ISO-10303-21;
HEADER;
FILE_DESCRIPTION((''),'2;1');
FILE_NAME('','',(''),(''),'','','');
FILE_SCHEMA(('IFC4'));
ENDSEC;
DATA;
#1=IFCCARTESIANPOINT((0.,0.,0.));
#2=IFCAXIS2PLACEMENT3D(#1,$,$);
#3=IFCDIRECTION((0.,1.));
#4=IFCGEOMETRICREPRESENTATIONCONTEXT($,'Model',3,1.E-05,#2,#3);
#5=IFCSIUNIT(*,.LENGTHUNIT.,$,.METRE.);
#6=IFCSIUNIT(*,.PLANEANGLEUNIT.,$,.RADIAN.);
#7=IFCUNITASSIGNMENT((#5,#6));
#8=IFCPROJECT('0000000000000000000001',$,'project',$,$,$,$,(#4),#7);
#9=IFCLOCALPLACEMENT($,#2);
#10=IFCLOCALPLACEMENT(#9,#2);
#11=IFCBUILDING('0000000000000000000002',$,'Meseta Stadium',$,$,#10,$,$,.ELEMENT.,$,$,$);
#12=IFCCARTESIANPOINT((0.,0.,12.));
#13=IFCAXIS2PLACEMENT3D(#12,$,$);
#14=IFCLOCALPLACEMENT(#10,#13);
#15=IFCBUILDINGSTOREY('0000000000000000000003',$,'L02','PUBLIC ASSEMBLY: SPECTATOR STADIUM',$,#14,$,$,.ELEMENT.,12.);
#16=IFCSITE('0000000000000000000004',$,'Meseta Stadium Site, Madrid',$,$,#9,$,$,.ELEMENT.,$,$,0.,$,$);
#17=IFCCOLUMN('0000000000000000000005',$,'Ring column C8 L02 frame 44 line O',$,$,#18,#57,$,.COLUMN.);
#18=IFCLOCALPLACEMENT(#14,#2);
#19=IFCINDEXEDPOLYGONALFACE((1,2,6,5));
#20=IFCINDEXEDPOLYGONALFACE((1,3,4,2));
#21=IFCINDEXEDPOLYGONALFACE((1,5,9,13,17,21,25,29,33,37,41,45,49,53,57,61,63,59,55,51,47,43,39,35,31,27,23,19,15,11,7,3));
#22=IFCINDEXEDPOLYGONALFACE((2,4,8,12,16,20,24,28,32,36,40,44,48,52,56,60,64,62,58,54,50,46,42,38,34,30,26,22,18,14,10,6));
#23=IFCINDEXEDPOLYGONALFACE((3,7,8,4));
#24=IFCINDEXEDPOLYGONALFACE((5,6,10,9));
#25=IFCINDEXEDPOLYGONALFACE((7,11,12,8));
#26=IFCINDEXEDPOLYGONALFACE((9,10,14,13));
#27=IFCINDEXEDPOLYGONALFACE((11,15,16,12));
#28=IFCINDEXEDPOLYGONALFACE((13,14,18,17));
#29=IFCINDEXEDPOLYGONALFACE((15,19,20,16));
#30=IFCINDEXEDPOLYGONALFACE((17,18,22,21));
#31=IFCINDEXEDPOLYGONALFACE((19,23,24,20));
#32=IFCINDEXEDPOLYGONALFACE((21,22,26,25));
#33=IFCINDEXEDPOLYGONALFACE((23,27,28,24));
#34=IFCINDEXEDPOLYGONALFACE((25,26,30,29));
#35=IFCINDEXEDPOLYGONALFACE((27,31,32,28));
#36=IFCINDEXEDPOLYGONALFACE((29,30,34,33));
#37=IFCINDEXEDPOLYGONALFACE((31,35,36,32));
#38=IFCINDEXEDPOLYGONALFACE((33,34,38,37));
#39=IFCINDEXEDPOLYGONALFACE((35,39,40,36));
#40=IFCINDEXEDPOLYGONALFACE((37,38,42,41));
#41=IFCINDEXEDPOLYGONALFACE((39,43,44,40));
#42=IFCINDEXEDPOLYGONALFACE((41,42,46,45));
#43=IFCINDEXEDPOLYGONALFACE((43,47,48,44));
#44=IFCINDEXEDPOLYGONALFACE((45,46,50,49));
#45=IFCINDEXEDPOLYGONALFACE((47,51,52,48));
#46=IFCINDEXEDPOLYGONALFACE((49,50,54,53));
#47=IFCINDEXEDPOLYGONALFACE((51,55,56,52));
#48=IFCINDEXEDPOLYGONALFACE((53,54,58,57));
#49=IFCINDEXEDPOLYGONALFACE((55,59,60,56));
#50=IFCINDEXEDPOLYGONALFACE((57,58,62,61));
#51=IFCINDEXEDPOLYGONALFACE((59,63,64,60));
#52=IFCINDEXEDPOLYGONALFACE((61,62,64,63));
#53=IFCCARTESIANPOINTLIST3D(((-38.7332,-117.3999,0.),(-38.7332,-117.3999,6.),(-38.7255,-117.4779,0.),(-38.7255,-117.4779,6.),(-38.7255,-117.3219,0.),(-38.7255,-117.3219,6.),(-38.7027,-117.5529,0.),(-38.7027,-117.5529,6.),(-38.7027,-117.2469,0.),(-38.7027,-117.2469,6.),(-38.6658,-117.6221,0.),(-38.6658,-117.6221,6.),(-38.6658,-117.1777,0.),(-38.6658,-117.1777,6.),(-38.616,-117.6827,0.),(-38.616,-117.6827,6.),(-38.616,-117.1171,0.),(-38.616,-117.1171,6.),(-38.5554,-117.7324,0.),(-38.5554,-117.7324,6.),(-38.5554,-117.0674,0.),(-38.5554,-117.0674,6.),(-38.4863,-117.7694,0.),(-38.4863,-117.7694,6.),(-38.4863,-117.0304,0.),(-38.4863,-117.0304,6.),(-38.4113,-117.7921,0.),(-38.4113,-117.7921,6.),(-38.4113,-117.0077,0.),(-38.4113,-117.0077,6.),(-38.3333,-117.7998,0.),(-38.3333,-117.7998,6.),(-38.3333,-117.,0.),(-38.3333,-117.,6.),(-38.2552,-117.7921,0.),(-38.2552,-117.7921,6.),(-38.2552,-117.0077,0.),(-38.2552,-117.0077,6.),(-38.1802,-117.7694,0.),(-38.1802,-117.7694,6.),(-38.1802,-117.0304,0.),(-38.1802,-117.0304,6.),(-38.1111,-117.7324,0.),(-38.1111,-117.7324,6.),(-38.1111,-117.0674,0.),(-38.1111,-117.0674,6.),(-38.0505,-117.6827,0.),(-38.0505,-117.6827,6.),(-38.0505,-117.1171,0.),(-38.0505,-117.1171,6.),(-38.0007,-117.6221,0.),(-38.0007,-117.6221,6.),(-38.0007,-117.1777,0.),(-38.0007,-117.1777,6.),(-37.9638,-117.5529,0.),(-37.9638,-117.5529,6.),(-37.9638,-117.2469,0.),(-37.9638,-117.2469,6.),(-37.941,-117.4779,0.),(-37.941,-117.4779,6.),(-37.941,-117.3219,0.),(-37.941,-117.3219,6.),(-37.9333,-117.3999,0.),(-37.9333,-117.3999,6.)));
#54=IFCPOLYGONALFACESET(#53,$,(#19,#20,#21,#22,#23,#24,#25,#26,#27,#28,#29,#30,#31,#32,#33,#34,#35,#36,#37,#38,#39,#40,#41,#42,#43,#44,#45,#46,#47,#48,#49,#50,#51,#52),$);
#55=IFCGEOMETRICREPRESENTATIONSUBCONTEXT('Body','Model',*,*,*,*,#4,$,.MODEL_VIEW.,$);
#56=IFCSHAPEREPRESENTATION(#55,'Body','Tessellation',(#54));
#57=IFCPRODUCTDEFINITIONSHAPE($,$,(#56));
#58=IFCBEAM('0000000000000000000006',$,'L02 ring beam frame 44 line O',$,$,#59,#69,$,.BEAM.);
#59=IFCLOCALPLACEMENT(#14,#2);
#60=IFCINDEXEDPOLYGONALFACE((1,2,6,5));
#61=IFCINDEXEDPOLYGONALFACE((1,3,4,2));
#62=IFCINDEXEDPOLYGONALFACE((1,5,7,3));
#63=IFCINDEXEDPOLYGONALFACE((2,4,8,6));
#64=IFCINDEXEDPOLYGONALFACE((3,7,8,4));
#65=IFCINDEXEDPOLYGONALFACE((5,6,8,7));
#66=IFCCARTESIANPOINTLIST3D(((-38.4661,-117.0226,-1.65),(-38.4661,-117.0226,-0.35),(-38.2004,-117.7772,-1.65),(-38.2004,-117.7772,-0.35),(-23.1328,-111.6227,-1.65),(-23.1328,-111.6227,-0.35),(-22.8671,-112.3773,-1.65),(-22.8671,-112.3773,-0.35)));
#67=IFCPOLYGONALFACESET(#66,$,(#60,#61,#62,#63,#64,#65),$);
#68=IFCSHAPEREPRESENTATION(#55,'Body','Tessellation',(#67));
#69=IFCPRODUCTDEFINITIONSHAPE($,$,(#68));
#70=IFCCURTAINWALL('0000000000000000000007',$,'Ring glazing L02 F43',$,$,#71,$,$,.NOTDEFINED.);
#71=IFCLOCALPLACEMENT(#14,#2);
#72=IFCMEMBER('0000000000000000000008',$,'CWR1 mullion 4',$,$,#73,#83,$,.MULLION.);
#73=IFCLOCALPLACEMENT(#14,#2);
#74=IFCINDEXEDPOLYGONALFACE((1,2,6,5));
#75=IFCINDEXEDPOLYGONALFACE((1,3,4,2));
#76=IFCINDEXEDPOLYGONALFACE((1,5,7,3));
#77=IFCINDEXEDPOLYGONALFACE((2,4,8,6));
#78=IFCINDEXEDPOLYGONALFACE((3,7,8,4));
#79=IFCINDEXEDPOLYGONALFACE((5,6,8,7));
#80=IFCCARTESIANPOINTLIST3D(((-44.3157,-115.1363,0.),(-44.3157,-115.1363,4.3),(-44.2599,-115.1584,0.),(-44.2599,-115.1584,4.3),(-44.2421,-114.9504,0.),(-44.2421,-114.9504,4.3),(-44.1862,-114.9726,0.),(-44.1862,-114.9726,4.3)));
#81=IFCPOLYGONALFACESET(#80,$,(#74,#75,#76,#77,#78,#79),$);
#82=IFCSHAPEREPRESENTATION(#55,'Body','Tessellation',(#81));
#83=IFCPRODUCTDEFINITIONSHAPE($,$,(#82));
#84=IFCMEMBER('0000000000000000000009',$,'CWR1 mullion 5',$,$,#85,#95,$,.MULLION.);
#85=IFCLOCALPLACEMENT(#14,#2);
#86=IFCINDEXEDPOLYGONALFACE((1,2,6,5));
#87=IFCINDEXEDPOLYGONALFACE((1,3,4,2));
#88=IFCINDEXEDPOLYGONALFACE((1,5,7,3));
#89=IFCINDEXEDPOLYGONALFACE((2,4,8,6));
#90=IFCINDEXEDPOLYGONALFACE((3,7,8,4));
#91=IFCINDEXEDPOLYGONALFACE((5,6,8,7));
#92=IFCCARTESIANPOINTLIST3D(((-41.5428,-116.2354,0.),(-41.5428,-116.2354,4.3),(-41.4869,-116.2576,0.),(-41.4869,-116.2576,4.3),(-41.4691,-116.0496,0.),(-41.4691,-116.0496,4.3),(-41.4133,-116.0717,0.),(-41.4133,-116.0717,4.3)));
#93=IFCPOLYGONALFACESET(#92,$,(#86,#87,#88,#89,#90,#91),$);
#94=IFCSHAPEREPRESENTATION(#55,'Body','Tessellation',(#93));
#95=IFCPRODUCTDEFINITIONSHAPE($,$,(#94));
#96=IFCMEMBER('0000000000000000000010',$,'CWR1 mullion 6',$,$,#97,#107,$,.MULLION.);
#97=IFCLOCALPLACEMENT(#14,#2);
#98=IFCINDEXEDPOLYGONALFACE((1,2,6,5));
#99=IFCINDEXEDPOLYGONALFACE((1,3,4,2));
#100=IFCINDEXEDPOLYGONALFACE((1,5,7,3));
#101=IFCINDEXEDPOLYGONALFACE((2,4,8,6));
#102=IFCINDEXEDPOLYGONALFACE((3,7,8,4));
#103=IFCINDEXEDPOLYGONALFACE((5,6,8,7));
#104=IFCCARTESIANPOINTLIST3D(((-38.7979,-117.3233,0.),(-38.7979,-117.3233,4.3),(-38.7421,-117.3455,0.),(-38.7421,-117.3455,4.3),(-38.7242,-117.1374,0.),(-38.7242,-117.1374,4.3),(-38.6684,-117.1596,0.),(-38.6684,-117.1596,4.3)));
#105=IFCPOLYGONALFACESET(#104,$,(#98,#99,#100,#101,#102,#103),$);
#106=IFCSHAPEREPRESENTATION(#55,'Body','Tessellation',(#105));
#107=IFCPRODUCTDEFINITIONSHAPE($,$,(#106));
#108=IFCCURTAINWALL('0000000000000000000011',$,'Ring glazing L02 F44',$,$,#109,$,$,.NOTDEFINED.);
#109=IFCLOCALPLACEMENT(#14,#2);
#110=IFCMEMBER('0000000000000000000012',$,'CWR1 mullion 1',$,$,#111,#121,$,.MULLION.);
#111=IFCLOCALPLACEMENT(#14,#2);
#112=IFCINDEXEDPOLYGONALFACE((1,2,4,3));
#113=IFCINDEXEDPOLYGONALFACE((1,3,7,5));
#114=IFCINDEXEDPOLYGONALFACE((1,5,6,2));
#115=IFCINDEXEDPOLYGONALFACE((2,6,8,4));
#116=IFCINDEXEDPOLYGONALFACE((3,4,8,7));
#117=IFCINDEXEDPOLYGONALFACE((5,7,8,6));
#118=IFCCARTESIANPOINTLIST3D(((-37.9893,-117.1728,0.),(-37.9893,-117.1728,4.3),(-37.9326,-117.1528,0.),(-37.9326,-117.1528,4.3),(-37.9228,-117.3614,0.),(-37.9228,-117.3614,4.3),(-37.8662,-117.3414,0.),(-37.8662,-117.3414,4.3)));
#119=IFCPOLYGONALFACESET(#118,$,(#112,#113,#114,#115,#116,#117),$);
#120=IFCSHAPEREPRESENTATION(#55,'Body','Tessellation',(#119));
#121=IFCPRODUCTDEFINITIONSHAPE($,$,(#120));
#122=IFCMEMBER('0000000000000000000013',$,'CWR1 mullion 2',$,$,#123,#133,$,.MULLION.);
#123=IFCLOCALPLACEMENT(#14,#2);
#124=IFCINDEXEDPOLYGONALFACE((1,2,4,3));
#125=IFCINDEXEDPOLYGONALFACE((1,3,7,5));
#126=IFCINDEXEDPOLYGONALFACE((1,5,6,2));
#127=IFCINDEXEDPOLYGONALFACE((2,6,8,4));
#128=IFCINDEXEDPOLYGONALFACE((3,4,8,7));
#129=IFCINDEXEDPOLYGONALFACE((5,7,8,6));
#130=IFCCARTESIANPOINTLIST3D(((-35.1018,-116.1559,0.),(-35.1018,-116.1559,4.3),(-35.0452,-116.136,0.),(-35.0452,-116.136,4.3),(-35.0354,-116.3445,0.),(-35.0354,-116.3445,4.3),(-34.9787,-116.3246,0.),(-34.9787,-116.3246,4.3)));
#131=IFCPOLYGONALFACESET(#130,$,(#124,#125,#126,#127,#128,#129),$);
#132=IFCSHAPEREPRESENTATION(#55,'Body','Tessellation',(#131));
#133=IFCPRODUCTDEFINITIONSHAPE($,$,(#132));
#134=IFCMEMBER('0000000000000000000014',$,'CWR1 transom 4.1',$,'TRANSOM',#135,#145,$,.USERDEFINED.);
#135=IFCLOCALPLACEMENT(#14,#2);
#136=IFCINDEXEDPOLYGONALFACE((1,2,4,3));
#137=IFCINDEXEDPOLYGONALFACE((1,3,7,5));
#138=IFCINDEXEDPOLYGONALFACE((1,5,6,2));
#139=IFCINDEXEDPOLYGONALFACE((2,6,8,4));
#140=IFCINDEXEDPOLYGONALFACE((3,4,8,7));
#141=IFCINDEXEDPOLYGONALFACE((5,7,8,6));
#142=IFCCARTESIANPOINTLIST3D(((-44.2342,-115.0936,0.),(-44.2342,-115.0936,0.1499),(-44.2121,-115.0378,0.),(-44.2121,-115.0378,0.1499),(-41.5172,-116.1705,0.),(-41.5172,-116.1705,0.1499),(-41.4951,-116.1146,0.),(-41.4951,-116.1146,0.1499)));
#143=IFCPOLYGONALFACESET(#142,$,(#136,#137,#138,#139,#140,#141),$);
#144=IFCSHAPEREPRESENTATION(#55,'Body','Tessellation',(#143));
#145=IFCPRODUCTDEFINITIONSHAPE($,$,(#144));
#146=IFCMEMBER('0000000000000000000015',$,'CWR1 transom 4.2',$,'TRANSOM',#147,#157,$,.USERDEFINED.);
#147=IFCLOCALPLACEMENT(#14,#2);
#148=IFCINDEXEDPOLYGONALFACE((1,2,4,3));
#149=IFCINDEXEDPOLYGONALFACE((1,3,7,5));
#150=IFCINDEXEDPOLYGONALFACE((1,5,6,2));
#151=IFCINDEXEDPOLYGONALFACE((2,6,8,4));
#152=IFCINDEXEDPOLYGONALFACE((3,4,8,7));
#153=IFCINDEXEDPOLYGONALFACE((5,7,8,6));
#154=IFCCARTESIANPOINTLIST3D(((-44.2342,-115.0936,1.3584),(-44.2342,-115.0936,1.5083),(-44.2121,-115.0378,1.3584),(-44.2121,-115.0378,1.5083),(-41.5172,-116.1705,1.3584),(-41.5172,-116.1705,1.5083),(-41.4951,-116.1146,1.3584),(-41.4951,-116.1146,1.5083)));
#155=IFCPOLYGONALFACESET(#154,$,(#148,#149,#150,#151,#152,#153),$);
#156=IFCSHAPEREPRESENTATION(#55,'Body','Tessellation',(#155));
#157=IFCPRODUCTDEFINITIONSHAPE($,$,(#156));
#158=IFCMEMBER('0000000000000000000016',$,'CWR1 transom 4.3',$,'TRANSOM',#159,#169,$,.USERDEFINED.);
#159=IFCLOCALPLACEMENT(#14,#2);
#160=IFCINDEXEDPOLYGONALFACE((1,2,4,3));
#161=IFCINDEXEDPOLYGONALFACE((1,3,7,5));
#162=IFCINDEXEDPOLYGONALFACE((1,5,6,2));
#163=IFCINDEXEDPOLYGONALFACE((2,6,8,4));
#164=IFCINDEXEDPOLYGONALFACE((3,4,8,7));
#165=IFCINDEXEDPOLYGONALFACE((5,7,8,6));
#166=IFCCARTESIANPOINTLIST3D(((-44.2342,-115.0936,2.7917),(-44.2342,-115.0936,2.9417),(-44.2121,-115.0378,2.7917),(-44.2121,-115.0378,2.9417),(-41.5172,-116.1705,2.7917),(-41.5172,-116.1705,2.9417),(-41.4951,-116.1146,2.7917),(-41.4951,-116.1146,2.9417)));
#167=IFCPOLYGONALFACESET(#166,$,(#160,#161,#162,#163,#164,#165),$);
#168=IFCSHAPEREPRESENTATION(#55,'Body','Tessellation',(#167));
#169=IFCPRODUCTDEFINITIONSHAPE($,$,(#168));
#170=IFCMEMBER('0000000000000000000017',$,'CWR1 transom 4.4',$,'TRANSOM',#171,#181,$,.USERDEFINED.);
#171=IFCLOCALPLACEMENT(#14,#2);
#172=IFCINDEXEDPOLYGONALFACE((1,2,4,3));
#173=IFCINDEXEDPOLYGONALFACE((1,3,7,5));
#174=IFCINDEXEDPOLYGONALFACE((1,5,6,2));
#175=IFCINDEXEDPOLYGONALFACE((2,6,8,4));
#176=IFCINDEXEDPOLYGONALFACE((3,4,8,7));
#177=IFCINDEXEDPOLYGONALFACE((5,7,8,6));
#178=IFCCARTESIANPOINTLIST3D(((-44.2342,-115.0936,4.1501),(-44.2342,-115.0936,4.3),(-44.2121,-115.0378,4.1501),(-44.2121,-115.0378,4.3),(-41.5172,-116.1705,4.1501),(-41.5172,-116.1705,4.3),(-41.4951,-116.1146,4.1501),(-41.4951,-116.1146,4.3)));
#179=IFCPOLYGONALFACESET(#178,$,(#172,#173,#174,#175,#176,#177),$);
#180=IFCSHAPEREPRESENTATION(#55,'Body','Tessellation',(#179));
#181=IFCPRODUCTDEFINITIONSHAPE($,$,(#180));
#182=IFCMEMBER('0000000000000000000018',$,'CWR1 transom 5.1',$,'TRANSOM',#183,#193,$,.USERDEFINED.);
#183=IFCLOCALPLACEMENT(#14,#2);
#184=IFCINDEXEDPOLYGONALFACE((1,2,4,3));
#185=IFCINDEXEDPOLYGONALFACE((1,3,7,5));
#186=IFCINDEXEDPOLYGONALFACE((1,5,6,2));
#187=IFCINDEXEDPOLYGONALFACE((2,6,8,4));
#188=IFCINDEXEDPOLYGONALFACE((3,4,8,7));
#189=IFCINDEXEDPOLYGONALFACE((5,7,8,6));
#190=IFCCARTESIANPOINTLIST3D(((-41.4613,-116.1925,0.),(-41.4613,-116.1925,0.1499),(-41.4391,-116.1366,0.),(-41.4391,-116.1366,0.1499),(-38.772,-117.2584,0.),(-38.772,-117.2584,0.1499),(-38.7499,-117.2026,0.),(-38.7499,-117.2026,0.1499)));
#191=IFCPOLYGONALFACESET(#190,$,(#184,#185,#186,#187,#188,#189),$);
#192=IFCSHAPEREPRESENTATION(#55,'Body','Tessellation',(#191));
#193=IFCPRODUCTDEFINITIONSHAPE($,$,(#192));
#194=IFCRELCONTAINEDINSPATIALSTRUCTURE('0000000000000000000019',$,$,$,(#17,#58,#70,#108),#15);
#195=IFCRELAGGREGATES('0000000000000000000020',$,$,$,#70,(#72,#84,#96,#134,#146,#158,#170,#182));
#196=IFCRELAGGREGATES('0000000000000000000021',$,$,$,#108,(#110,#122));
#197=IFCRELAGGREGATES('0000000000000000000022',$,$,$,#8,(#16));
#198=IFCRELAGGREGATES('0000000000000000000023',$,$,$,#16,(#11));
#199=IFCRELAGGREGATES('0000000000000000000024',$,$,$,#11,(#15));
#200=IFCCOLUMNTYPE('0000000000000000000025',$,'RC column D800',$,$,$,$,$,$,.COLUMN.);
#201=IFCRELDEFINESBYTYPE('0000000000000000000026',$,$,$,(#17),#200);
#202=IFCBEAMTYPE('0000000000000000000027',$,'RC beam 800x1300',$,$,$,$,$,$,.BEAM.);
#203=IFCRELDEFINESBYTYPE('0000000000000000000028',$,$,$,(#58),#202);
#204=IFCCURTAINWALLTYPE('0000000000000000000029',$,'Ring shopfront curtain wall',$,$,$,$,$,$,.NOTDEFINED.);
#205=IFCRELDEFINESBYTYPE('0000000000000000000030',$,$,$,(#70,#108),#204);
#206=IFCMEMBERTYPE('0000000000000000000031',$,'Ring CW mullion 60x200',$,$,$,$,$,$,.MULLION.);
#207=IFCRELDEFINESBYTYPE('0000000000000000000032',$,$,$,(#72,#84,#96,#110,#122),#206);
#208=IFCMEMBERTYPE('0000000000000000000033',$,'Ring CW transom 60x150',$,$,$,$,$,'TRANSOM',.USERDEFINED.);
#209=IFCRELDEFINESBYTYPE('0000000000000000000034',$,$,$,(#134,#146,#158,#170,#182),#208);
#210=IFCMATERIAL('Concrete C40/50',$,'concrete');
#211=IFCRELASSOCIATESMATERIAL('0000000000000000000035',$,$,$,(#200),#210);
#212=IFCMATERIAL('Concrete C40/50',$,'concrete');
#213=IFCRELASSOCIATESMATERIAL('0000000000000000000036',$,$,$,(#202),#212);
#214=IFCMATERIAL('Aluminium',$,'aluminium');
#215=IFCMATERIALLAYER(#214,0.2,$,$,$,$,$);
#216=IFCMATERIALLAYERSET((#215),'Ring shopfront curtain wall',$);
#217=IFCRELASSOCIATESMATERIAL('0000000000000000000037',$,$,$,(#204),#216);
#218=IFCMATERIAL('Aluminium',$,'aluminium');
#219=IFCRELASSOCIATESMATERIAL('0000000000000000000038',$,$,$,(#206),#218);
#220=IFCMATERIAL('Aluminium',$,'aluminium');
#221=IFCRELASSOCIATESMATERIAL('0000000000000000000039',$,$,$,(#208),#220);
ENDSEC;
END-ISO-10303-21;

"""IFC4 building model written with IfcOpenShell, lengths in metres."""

from ifc_helpers import new_model, si_unit, direction, frame, origin, origin_2d, place, context, subcontext, project, spatial, rectangle, circle, extrude, material, layer, layer_set, material_profile, profile_set, type_object, element, aggregate, save


model = new_model("IFC4")

# Units and contexts
model_context = context("Model", 3, precision=1e-05, world=origin(), true_north=direction((0.0, 1.0)))
body_context = subcontext(model_context, "Body", "Model", "MODEL_VIEW")
ifc_project = project(units=[si_unit("LENGTHUNIT", "METRE"), si_unit("PLANEANGLEUNIT", "RADIAN")], contexts=[model_context])

# Site, building, storey
site_placement = place(None, origin())
site = spatial("IfcSite", under=ifc_project, at=site_placement, Name="Meseta Stadium Site, Madrid", CompositionType="ELEMENT", RefElevation=0.0)
building_placement = place(site_placement, origin())
building = spatial("IfcBuilding", under=site, at=building_placement, Name="Meseta Stadium", CompositionType="ELEMENT")
storey_placement = place(building_placement, frame((0.0, 0.0, 12.0)))
storey = spatial("IfcBuildingStorey", under=building, at=storey_placement, Name="L02", Description="PUBLIC ASSEMBLY: SPECTATOR STADIUM", CompositionType="ELEMENT", Elevation=12.0)

# Column
ifc_material_1 = material(Name="Concrete C40/50", Category="concrete")
ifc_material_profile_1 = material_profile(ifc_material_1, circle(Radius=0.3999, at=origin_2d()), Name="RC D800")
ifc_profile_set_1 = profile_set([ifc_material_profile_1], Name="Concrete C40/50")
column_type = type_object("IfcColumnType", Name="RC column D800", PredefinedType="COLUMN", material=ifc_profile_set_1)
column_placement = place(storey_placement, frame((-38.3333, -117.3999, 0.0), z_axis=(0.0, 0.0, 1.0), x_axis=(1.0, 0.0, 0.0)))
element("IfcColumn", 1, at=column_placement, inside=storey, type_object=column_type, Name="Ring column C8 L02 frame 44 line O", PredefinedType="COLUMN", context=body_context, shape_type="SweptSolid", body=[
    extrude(circle(Radius=0.3999, at=origin_2d()), origin(), (0.0, 0.0, 1.0), 6.0),
])

# Beam
ifc_material_2 = material(Name="Concrete C40/50", Category="concrete")
ifc_material_profile_2 = material_profile(ifc_material_2, rectangle(XDim=0.8, YDim=1.3, at=origin_2d()), Name="RC 800x1300")
ifc_profile_set_2 = profile_set([ifc_material_profile_2], Name="Concrete C40/50")
beam_type = type_object("IfcBeamType", Name="RC beam 800x1300", PredefinedType="BEAM", material=ifc_profile_set_2)
beam_placement = place(storey_placement, frame((-38.3333, -117.3999, -1.0), z_axis=(0.943219, 0.332173, 0.0), x_axis=(-0.332173, 0.943219, 0.0)))
element("IfcBeam", 2, at=beam_placement, inside=storey, type_object=beam_type, Name="L02 ring beam frame 44 line O", PredefinedType="BEAM", context=body_context, shape_type="SweptSolid", body=[
    extrude(rectangle(XDim=0.8, YDim=1.3, at=origin_2d()), origin(), (0.0, 0.0, 1.0), 16.2563),
])

# Curtain walls, members
ifc_material_3 = material(Name="Aluminium", Category="aluminium")
ifc_layer_1 = layer(ifc_material_3, 0.2)
ifc_layer_set_1 = layer_set([ifc_layer_1], Name="Ring shopfront curtain wall")
curtain_wall_type = type_object("IfcCurtainWallType", Name="Ring shopfront curtain wall", PredefinedType="NOTDEFINED", material=ifc_layer_set_1)
curtain_wall_1_placement = place(storey_placement, origin())
curtain_wall_1 = element("IfcCurtainWall", 3, at=curtain_wall_1_placement, inside=storey, type_object=curtain_wall_type, Name="Ring glazing L02 F43", PredefinedType="NOTDEFINED")
ifc_material_4 = material(Name="Aluminium", Category="aluminium")
ifc_material_profile_3 = material_profile(ifc_material_4, rectangle(XDim=0.2, YDim=0.0601, at=origin_2d()), Name="CW 200x60")
ifc_profile_set_3 = profile_set([ifc_material_profile_3], Name="Aluminium")
member_type_1 = type_object("IfcMemberType", Name="Ring CW mullion 60x200", PredefinedType="MULLION", material=ifc_profile_set_3)
member_1_placement = place(storey_placement, frame((-44.251, -115.0544, 0.0), z_axis=(0.0, 0.0, 1.0), x_axis=(0.368454, 0.929646, 0.0)))
member_1 = element("IfcMember", 4, at=member_1_placement, type_object=member_type_1, Name="CWR1 mullion 4", PredefinedType="MULLION", context=body_context, shape_type="SweptSolid", body=[
    extrude(rectangle(XDim=0.2, YDim=0.0601, at=origin_2d()), origin(), (0.0, 0.0, 1.0), 4.3),
])
member_2_placement = place(storey_placement, frame((-41.478, -116.1536, 0.0), z_axis=(0.0, 0.0, 1.0), x_axis=(0.368454, 0.929646, 0.0)))
member_2 = element("IfcMember", 5, at=member_2_placement, type_object=member_type_1, Name="CWR1 mullion 5", PredefinedType="MULLION", context=body_context, shape_type="SweptSolid", body=[
    extrude(rectangle(XDim=0.2, YDim=0.0601, at=origin_2d()), origin(), (0.0, 0.0, 1.0), 4.3),
])
member_3_placement = place(storey_placement, frame((-38.7332, -117.2415, 0.0), z_axis=(0.0, 0.0, 1.0), x_axis=(0.368454, 0.929646, 0.0)))
member_3 = element("IfcMember", 6, at=member_3_placement, type_object=member_type_1, Name="CWR1 mullion 6", PredefinedType="MULLION", context=body_context, shape_type="SweptSolid", body=[
    extrude(rectangle(XDim=0.2, YDim=0.0601, at=origin_2d()), origin(), (0.0, 0.0, 1.0), 4.3),
])
curtain_wall_2_placement = place(storey_placement, origin())
curtain_wall_2 = element("IfcCurtainWall", 7, at=curtain_wall_2_placement, inside=storey, type_object=curtain_wall_type, Name="Ring glazing L02 F44", PredefinedType="NOTDEFINED")
member_4_placement = place(storey_placement, frame((-37.9277, -117.2571, 0.0), z_axis=(0.0, 0.0, 1.0), x_axis=(-0.332174, 0.943218, 0.0)))
member_4 = element("IfcMember", 8, at=member_4_placement, type_object=member_type_1, Name="CWR1 mullion 1", PredefinedType="MULLION", context=body_context, shape_type="SweptSolid", body=[
    extrude(rectangle(XDim=0.2, YDim=0.0601, at=origin_2d()), origin(), (0.0, 0.0, 1.0), 4.3),
])
member_5_placement = place(storey_placement, frame((-35.0403, -116.2402, 0.0), z_axis=(0.0, 0.0, 1.0), x_axis=(-0.332174, 0.943218, 0.0)))
member_5 = element("IfcMember", 9, at=member_5_placement, type_object=member_type_1, Name="CWR1 mullion 2", PredefinedType="MULLION", context=body_context, shape_type="SweptSolid", body=[
    extrude(rectangle(XDim=0.2, YDim=0.0601, at=origin_2d()), origin(), (0.0, 0.0, 1.0), 4.3),
])

# Members
ifc_material_5 = material(Name="Aluminium", Category="aluminium")
ifc_material_profile_4 = material_profile(ifc_material_5, rectangle(XDim=0.0601, YDim=0.1499, at=origin_2d()), Name="CW 60x150")
ifc_profile_set_4 = profile_set([ifc_material_profile_4], Name="Aluminium")
member_type_2 = type_object("IfcMemberType", Name="Ring CW transom 60x150", ElementType="TRANSOM", PredefinedType="USERDEFINED", material=ifc_profile_set_4)
member_6_placement = place(storey_placement, frame((-44.2231, -115.0657, 0.075), z_axis=(0.929642, -0.368465, 0.0), x_axis=(0.368465, 0.929642, 0.0)))
member_6 = element("IfcMember", 10, at=member_6_placement, type_object=member_type_2, Name="CWR1 transom 4.1", ObjectType="TRANSOM", PredefinedType="USERDEFINED", context=body_context, shape_type="SweptSolid", body=[
    extrude(rectangle(XDim=0.0601, YDim=0.1499, at=origin_2d()), origin(), (0.0, 0.0, 1.0), 2.9226),
])
member_7_placement = place(storey_placement, frame((-44.2231, -115.0657, 1.4333), z_axis=(0.929642, -0.368465, 0.0), x_axis=(0.368465, 0.929642, 0.0)))
member_7 = element("IfcMember", 11, at=member_7_placement, type_object=member_type_2, Name="CWR1 transom 4.2", ObjectType="TRANSOM", PredefinedType="USERDEFINED", context=body_context, shape_type="SweptSolid", body=[
    extrude(rectangle(XDim=0.0601, YDim=0.1499, at=origin_2d()), origin(), (0.0, 0.0, 1.0), 2.9226),
])
member_8_placement = place(storey_placement, frame((-44.2231, -115.0657, 2.8667), z_axis=(0.929642, -0.368465, 0.0), x_axis=(0.368465, 0.929642, 0.0)))
member_8 = element("IfcMember", 12, at=member_8_placement, type_object=member_type_2, Name="CWR1 transom 4.3", ObjectType="TRANSOM", PredefinedType="USERDEFINED", context=body_context, shape_type="SweptSolid", body=[
    extrude(rectangle(XDim=0.0601, YDim=0.1499, at=origin_2d()), origin(), (0.0, 0.0, 1.0), 2.9226),
])
member_9_placement = place(storey_placement, frame((-44.2231, -115.0657, 4.2251), z_axis=(0.929642, -0.368465, 0.0), x_axis=(0.368465, 0.929642, 0.0)))
member_9 = element("IfcMember", 13, at=member_9_placement, type_object=member_type_2, Name="CWR1 transom 4.4", ObjectType="TRANSOM", PredefinedType="USERDEFINED", context=body_context, shape_type="SweptSolid", body=[
    extrude(rectangle(XDim=0.0601, YDim=0.1499, at=origin_2d()), origin(), (0.0, 0.0, 1.0), 2.9226),
])
member_10_placement = place(storey_placement, frame((-41.4502, -116.1646, 0.075), z_axis=(0.929636, -0.368479, 0.0), x_axis=(0.368479, 0.929636, 0.0)))
member_10 = element("IfcMember", 14, at=member_10_placement, type_object=member_type_2, Name="CWR1 transom 5.1", ObjectType="TRANSOM", PredefinedType="USERDEFINED", context=body_context, shape_type="SweptSolid", body=[
    extrude(rectangle(XDim=0.0601, YDim=0.1499, at=origin_2d()), origin(), (0.0, 0.0, 1.0), 2.8928),
])

aggregate(curtain_wall_1, [member_1, member_2, member_3, member_6, member_7, member_8, member_9, member_10])
aggregate(curtain_wall_2, [member_4, member_5])

save(model, "model.ifc")
